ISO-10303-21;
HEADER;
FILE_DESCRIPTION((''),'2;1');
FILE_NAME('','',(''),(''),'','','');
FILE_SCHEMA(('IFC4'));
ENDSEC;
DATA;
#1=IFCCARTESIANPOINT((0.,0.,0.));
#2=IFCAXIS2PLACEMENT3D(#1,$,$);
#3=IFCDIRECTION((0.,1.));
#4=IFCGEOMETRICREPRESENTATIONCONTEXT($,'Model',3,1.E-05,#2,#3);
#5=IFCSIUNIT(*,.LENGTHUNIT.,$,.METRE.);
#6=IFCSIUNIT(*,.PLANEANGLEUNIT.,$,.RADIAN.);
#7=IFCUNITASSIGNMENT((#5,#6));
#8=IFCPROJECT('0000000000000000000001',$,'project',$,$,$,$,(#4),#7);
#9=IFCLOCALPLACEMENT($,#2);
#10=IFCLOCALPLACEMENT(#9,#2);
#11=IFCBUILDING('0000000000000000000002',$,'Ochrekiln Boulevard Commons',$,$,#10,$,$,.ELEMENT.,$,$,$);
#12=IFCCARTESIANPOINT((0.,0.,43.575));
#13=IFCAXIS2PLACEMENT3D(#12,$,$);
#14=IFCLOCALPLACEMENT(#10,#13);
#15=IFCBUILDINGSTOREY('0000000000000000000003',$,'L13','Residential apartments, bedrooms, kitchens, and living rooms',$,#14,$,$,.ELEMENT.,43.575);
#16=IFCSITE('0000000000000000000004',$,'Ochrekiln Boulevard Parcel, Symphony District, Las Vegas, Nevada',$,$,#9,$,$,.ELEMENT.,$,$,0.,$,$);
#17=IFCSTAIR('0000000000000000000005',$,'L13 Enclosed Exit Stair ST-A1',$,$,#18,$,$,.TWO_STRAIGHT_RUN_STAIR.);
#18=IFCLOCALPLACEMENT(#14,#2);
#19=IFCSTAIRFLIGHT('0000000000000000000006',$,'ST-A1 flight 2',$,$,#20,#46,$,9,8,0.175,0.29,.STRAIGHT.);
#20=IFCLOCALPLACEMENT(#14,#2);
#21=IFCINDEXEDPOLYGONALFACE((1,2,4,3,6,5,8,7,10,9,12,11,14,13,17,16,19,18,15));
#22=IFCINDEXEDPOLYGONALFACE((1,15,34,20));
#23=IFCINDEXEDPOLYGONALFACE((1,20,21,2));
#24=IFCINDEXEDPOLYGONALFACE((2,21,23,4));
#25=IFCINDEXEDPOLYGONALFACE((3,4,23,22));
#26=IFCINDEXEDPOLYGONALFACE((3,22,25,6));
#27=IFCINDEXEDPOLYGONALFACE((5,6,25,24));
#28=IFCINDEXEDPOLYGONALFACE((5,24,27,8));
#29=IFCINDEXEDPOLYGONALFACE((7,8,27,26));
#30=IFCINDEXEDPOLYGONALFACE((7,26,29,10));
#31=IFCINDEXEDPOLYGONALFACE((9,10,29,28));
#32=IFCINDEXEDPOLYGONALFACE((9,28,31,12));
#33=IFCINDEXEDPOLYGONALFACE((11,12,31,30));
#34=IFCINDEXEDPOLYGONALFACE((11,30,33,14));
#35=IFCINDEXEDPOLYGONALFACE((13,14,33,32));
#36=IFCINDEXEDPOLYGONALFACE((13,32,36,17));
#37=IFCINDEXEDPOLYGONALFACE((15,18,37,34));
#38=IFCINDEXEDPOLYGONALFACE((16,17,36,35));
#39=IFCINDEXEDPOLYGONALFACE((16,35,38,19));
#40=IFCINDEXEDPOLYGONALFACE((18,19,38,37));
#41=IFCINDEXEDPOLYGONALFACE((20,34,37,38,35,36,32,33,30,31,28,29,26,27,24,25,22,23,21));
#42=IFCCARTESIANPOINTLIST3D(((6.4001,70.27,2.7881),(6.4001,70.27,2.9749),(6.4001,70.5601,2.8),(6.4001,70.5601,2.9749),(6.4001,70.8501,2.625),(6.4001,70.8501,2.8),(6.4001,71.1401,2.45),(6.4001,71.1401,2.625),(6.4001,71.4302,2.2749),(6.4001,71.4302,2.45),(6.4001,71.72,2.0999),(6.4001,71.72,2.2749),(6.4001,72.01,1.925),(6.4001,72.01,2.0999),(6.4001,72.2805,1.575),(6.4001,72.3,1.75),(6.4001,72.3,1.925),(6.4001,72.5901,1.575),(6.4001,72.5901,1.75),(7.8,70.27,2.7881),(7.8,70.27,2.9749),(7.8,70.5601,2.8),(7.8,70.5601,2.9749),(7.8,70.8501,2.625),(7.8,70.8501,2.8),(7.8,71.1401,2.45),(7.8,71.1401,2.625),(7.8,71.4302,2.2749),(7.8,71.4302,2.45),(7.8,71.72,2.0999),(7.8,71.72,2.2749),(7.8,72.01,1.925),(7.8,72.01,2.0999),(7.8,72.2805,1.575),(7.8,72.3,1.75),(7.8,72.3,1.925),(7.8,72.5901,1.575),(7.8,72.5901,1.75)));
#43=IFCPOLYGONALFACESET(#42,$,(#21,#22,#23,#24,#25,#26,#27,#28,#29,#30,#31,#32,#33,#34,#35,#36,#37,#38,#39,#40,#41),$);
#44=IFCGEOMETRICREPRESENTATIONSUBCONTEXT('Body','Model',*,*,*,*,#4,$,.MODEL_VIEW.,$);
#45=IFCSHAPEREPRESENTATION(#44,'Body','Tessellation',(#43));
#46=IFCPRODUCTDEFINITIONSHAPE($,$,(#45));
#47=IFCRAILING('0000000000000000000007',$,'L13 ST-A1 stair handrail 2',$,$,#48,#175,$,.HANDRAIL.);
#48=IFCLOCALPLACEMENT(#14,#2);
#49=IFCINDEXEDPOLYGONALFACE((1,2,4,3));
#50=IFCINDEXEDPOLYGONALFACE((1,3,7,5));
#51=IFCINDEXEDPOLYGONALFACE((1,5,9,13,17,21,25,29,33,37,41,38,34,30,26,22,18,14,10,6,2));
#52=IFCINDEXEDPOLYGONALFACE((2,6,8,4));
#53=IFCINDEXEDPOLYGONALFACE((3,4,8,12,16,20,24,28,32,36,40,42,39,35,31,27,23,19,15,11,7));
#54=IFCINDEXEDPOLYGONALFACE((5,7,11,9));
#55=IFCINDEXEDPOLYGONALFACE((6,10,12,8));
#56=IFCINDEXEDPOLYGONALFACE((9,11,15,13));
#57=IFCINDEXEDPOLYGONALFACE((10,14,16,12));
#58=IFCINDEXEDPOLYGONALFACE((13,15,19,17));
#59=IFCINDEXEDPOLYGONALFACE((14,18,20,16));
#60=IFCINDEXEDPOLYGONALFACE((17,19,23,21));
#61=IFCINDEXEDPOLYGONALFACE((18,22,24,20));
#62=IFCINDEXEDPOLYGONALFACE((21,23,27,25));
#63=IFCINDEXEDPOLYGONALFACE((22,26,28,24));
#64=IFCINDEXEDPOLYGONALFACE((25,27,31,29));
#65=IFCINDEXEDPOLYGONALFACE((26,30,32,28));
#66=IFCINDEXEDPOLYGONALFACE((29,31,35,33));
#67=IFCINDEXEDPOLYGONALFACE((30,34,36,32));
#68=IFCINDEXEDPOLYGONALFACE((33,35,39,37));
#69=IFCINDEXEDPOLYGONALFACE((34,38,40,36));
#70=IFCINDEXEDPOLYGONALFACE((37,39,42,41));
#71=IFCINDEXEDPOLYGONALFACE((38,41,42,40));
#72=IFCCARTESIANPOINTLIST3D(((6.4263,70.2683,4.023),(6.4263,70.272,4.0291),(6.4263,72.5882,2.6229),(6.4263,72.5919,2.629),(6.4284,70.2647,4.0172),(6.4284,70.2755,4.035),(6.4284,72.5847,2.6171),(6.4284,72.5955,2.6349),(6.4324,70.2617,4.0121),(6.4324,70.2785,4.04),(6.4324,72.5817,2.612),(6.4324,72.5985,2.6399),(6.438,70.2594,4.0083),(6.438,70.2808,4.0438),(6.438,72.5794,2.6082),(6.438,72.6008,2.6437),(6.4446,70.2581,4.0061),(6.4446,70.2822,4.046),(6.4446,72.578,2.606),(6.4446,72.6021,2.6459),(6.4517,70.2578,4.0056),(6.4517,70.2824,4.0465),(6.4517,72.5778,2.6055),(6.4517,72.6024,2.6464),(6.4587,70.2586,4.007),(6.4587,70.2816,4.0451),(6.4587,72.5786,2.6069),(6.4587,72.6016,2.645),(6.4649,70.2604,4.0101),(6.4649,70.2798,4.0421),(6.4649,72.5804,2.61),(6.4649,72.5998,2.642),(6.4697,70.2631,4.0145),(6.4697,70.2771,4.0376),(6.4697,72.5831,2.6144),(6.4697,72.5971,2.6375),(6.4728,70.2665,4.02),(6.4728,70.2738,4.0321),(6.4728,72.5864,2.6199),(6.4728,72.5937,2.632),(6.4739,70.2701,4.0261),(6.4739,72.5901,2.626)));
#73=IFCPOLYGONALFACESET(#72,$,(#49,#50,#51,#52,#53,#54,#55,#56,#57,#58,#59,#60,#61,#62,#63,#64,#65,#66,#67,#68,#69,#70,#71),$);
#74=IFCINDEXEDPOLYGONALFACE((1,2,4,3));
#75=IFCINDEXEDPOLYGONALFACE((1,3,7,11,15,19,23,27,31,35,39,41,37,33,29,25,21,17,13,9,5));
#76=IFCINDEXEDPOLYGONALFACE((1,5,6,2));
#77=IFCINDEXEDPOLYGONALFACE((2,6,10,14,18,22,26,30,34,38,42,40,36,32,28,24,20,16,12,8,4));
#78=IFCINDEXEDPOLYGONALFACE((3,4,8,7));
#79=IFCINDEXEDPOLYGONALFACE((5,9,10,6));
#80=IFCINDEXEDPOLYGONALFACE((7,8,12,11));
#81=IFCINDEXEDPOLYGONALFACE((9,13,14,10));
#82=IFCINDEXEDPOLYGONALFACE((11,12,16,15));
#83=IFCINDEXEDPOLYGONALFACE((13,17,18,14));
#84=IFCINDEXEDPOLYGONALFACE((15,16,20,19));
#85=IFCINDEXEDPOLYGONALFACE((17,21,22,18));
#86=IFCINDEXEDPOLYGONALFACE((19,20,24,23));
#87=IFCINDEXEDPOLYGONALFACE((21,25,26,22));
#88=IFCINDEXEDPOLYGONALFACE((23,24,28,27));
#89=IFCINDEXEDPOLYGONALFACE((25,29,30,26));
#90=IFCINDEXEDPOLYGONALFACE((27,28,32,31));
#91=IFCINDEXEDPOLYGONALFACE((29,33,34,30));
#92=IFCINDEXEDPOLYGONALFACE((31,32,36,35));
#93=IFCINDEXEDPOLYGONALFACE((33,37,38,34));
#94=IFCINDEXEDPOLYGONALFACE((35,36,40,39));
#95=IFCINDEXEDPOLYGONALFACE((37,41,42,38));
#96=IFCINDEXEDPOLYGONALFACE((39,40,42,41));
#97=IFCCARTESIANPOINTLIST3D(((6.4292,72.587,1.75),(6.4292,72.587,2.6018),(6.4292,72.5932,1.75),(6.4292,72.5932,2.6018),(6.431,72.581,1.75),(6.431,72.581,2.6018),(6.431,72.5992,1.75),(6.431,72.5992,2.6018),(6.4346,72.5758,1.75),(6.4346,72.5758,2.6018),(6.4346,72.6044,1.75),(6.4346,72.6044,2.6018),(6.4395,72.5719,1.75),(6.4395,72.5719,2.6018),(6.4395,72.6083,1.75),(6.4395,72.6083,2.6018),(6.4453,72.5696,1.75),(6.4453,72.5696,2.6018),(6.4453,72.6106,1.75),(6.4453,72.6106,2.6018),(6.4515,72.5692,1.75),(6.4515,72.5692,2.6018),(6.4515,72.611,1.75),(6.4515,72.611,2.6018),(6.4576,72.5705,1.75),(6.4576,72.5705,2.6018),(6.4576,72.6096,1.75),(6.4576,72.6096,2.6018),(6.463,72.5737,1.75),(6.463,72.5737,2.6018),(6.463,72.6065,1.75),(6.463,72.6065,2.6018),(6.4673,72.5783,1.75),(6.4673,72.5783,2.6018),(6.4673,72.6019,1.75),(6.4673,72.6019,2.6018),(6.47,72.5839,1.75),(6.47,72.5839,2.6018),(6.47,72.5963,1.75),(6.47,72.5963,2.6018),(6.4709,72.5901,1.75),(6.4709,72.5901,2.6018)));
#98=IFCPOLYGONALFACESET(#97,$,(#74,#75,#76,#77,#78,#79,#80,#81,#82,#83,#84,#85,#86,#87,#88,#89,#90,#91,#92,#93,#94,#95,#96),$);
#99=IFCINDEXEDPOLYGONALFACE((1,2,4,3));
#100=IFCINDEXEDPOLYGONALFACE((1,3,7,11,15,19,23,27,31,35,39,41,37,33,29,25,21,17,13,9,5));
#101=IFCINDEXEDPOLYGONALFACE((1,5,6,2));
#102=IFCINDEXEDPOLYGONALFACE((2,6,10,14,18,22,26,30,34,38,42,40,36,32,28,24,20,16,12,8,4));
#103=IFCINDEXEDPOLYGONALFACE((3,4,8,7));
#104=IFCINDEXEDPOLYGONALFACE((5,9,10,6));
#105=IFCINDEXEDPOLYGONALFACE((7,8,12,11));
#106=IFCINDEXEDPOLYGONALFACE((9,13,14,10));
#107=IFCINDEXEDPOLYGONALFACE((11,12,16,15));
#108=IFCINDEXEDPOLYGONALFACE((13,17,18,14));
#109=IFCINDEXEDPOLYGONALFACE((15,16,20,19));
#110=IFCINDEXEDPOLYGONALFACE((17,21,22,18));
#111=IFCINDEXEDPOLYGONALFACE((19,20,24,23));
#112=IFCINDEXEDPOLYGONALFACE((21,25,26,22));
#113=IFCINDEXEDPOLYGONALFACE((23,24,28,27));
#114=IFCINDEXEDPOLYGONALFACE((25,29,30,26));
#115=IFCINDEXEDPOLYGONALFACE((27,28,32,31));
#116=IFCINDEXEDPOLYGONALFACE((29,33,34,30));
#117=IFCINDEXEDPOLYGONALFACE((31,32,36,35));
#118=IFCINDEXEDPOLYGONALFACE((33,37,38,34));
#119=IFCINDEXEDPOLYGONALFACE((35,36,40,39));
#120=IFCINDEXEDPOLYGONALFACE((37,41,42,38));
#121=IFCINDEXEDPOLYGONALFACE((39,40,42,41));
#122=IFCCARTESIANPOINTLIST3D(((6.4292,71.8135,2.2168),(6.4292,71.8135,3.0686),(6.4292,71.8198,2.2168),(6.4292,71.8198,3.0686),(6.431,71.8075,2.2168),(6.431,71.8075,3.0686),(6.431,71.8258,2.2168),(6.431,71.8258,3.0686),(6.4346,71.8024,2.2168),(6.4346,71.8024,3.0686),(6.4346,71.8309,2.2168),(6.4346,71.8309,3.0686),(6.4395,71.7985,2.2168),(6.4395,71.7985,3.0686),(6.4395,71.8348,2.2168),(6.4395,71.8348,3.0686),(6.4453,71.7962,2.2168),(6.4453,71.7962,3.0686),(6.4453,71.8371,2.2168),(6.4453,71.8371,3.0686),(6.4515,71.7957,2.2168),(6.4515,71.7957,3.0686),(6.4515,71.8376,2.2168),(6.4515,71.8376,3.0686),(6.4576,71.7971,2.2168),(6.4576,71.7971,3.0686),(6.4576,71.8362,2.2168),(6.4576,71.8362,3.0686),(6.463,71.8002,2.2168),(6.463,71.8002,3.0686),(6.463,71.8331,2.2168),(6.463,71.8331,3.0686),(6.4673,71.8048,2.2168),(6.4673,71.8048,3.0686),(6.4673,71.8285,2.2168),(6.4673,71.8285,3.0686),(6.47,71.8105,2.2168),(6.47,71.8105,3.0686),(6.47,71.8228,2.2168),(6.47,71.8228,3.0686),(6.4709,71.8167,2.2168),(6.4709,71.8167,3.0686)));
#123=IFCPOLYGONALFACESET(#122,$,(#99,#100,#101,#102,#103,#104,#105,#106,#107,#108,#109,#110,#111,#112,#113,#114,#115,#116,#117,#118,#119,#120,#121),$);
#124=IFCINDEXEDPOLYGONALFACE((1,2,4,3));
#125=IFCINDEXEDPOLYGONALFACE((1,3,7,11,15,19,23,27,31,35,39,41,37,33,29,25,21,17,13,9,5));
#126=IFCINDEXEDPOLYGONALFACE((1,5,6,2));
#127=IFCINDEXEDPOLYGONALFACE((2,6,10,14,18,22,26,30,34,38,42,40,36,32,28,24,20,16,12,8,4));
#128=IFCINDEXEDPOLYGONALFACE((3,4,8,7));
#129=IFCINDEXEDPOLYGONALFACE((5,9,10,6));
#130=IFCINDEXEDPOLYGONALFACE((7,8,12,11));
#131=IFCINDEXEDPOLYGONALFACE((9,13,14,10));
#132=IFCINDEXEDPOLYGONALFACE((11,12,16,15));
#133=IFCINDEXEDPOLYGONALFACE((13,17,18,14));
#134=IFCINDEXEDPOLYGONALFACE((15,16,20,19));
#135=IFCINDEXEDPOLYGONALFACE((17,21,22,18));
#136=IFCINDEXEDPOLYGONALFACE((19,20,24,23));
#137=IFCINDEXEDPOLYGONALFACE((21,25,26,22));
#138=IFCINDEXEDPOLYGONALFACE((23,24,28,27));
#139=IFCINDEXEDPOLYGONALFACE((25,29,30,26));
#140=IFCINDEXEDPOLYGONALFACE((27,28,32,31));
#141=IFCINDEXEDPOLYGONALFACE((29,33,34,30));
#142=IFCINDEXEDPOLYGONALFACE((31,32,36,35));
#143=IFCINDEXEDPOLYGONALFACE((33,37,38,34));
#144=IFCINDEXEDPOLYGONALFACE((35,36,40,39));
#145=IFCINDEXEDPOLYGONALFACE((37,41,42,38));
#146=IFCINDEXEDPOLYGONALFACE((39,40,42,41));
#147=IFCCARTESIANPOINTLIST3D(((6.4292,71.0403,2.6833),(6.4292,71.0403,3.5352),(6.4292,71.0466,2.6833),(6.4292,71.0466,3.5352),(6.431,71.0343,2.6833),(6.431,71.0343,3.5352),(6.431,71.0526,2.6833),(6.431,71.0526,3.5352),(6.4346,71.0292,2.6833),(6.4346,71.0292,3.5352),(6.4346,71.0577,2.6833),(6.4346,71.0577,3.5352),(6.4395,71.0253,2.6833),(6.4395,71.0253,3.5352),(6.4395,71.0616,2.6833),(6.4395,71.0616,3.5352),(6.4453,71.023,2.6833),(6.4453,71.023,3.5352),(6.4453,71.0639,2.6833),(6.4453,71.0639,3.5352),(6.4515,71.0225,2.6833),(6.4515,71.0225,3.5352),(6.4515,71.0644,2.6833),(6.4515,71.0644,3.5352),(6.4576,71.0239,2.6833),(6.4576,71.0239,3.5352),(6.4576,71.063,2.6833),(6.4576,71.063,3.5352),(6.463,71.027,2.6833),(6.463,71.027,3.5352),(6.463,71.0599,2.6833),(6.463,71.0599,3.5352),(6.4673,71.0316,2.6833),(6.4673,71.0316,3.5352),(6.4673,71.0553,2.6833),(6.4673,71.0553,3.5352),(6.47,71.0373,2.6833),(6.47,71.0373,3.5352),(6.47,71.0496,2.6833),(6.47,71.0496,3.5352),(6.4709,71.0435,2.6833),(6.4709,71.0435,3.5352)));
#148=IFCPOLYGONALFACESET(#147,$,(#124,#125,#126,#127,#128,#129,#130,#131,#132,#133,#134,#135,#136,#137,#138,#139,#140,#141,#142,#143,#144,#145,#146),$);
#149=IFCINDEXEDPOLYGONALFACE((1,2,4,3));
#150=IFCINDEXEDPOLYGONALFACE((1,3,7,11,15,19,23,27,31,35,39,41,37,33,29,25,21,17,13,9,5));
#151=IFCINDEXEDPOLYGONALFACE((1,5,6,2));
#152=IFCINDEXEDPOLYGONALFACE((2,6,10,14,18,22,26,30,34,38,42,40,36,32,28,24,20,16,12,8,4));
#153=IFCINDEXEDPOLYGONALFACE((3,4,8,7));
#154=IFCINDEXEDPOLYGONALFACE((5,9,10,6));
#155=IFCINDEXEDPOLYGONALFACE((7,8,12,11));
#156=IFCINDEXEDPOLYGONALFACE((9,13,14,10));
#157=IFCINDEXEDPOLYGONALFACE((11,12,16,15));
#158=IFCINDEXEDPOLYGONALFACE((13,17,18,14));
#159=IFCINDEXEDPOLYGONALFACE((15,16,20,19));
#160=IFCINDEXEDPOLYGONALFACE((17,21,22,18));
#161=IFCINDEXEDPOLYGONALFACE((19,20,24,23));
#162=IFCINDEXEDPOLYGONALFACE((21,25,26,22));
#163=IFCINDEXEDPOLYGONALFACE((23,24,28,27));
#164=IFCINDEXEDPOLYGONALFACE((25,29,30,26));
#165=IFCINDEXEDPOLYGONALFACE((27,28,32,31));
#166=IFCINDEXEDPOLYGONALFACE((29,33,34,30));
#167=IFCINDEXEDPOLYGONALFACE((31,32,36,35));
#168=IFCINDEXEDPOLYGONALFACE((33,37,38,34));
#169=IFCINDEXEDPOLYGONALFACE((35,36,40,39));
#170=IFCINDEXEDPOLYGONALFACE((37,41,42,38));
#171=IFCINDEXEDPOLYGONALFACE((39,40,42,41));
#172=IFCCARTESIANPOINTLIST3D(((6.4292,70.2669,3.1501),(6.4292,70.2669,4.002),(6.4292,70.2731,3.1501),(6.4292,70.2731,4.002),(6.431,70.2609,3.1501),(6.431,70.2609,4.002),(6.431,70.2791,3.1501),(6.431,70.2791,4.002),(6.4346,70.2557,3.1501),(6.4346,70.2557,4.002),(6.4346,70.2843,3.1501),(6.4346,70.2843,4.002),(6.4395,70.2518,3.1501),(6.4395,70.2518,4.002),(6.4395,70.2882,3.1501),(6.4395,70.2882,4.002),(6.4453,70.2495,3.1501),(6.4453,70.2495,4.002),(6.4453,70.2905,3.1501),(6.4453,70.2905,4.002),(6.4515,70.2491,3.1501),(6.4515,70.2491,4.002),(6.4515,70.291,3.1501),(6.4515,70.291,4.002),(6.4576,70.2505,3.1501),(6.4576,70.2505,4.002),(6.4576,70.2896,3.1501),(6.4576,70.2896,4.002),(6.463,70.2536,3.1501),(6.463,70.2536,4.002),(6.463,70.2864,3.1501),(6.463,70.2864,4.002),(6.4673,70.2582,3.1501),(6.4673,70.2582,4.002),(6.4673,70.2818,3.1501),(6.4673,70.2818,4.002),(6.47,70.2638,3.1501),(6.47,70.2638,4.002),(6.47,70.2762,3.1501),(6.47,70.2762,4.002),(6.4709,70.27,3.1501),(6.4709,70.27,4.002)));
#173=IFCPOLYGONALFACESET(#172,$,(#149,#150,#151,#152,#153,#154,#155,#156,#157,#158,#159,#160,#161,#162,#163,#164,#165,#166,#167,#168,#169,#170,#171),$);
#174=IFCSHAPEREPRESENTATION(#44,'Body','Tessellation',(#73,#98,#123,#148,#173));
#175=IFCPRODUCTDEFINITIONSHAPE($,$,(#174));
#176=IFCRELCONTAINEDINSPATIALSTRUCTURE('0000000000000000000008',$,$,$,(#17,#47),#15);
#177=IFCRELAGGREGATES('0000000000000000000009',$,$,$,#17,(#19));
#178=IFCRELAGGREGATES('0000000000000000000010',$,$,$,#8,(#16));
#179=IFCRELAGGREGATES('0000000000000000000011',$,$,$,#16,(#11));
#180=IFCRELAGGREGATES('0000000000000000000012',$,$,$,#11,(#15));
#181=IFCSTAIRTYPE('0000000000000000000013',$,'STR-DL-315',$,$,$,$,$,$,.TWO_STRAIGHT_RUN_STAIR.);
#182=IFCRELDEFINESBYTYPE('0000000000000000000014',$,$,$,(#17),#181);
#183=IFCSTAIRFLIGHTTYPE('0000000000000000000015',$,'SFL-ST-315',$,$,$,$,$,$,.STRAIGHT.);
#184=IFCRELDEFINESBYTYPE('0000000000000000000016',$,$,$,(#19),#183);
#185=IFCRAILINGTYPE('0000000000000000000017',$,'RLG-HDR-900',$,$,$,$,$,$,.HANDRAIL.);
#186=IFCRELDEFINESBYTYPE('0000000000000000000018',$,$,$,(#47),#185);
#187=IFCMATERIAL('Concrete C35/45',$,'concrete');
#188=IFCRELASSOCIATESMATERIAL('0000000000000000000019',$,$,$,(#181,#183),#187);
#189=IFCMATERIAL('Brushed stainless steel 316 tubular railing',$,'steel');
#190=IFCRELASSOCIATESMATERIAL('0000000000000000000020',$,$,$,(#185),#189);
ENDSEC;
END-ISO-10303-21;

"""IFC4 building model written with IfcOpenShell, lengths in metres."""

from ifc_helpers import new_model, si_unit, direction, frame, origin, origin_2d, place, context, subcontext, project, spatial, polyline, circle, outline, extrude, material, type_object, element, aggregate, save


model = new_model("IFC4")

# Units and contexts
model_context = context("Model", 3, precision=1e-05, world=origin(), true_north=direction((0.0, 1.0)))
body_context = subcontext(model_context, "Body", "Model", "MODEL_VIEW")
ifc_project = project(units=[si_unit("LENGTHUNIT", "METRE"), si_unit("PLANEANGLEUNIT", "RADIAN")], contexts=[model_context])

# Site, building, storey
site_placement = place(None, origin())
site = spatial("IfcSite", under=ifc_project, at=site_placement, Name="Ochrekiln Boulevard Parcel, Symphony District, Las Vegas, Nevada", CompositionType="ELEMENT", RefElevation=0.0)
building_placement = place(site_placement, origin())
building = spatial("IfcBuilding", under=site, at=building_placement, Name="Ochrekiln Boulevard Commons", CompositionType="ELEMENT")
storey_placement = place(building_placement, frame((0.0, 0.0, 43.575)))
storey = spatial("IfcBuildingStorey", under=building, at=storey_placement, Name="L13", Description="Residential apartments, bedrooms, kitchens, and living rooms", CompositionType="ELEMENT", Elevation=43.575)

# Shared definitions
ifc_material_1 = material(Name="Concrete C35/45", Category="concrete")

# Stair, stair flight
stair_type = type_object("IfcStairType", Name="STR-DL-315", PredefinedType="TWO_STRAIGHT_RUN_STAIR", material=ifc_material_1)
stair_placement = place(storey_placement, origin())
stair = element("IfcStair", 1, at=stair_placement, inside=storey, type_object=stair_type, Name="L13 Enclosed Exit Stair ST-A1", PredefinedType="TWO_STRAIGHT_RUN_STAIR")
stair_flight_type = type_object("IfcStairFlightType", Name="SFL-ST-315", PredefinedType="STRAIGHT", material=ifc_material_1)
stair_flight_placement = place(storey_placement, frame((7.1001, 72.5901, 1.575), z_axis=(0.0, 0.0, 1.0), x_axis=(0.0, -1.0, 0.0)))
stair_flight = element("IfcStairFlight", 2, at=stair_flight_placement, type_object=stair_flight_type, Name="ST-A1 flight 2", NumberOfRisers=9, NumberOfTreads=8, PredefinedType="STRAIGHT", RiserHeight=0.175, TreadLength=0.29, context=body_context, shape_type="SweptSolid", body=[
    extrude(outline(polyline([(0.0, 0.0), (0.0, 0.175), (0.29, 0.175), (0.29, 0.3501), (0.5801, 0.3501), (0.5801, 0.5249), (0.8701, 0.5249), (0.8701, 0.7), (1.1599, 0.7), (1.1599, 0.875), (1.45, 0.875), (1.45, 1.05), (1.74, 1.05), (1.74, 1.2251), (2.03, 1.2251), (2.03, 1.3999), (2.3201, 1.3999), (2.3201, 1.575), (2.3201, 1.2131), (0.3096, 0.0), (0.0, 0.0)])), frame((0.0, 0.7, 0.0), z_axis=(0.0, -1.0, 0.0), x_axis=(1.0, 0.0, 0.0)), (0.0, 0.0, 1.0), 1.3999),
])
aggregate(stair, [stair_flight])

# Railing
ifc_material_2 = material(Name="Brushed stainless steel 316 tubular railing", Category="steel")
railing_type_1 = type_object("IfcRailingType", Name="RLG-HDR-900", PredefinedType="HANDRAIL", material=ifc_material_2)
railing_1_placement = place(storey_placement, frame((6.45, 72.5901, 1.75)))
element("IfcRailing", 3, at=railing_1_placement, inside=storey, type_object=railing_type_1, Name="L13 ST-A1 stair handrail 2", PredefinedType="HANDRAIL", context=body_context, shape_type="SweptSolid", body=[
    extrude(circle(Radius=0.0239, at=origin_2d()), frame((0.0, 0.0, 0.876), z_axis=(0.0, -0.85617, 0.516693), x_axis=(1.0, 0.0, 0.0)), (0.0, 0.0, 1.0), 2.7097),
    extrude(circle(Radius=0.021, at=origin_2d()), origin(), (0.0, 0.0, 1.0), 0.8518),
    extrude(circle(Radius=0.021, at=origin_2d()), frame((0.0, -0.7734, 0.4668)), (0.0, 0.0, 1.0), 0.8518),
    extrude(circle(Radius=0.021, at=origin_2d()), frame((0.0, -1.5466, 0.9333)), (0.0, 0.0, 1.0), 0.8518),
    extrude(circle(Radius=0.021, at=origin_2d()), frame((0.0, -2.3201, 1.4001)), (0.0, 0.0, 1.0), 0.8518),
])

save(model, "model.ifc")
